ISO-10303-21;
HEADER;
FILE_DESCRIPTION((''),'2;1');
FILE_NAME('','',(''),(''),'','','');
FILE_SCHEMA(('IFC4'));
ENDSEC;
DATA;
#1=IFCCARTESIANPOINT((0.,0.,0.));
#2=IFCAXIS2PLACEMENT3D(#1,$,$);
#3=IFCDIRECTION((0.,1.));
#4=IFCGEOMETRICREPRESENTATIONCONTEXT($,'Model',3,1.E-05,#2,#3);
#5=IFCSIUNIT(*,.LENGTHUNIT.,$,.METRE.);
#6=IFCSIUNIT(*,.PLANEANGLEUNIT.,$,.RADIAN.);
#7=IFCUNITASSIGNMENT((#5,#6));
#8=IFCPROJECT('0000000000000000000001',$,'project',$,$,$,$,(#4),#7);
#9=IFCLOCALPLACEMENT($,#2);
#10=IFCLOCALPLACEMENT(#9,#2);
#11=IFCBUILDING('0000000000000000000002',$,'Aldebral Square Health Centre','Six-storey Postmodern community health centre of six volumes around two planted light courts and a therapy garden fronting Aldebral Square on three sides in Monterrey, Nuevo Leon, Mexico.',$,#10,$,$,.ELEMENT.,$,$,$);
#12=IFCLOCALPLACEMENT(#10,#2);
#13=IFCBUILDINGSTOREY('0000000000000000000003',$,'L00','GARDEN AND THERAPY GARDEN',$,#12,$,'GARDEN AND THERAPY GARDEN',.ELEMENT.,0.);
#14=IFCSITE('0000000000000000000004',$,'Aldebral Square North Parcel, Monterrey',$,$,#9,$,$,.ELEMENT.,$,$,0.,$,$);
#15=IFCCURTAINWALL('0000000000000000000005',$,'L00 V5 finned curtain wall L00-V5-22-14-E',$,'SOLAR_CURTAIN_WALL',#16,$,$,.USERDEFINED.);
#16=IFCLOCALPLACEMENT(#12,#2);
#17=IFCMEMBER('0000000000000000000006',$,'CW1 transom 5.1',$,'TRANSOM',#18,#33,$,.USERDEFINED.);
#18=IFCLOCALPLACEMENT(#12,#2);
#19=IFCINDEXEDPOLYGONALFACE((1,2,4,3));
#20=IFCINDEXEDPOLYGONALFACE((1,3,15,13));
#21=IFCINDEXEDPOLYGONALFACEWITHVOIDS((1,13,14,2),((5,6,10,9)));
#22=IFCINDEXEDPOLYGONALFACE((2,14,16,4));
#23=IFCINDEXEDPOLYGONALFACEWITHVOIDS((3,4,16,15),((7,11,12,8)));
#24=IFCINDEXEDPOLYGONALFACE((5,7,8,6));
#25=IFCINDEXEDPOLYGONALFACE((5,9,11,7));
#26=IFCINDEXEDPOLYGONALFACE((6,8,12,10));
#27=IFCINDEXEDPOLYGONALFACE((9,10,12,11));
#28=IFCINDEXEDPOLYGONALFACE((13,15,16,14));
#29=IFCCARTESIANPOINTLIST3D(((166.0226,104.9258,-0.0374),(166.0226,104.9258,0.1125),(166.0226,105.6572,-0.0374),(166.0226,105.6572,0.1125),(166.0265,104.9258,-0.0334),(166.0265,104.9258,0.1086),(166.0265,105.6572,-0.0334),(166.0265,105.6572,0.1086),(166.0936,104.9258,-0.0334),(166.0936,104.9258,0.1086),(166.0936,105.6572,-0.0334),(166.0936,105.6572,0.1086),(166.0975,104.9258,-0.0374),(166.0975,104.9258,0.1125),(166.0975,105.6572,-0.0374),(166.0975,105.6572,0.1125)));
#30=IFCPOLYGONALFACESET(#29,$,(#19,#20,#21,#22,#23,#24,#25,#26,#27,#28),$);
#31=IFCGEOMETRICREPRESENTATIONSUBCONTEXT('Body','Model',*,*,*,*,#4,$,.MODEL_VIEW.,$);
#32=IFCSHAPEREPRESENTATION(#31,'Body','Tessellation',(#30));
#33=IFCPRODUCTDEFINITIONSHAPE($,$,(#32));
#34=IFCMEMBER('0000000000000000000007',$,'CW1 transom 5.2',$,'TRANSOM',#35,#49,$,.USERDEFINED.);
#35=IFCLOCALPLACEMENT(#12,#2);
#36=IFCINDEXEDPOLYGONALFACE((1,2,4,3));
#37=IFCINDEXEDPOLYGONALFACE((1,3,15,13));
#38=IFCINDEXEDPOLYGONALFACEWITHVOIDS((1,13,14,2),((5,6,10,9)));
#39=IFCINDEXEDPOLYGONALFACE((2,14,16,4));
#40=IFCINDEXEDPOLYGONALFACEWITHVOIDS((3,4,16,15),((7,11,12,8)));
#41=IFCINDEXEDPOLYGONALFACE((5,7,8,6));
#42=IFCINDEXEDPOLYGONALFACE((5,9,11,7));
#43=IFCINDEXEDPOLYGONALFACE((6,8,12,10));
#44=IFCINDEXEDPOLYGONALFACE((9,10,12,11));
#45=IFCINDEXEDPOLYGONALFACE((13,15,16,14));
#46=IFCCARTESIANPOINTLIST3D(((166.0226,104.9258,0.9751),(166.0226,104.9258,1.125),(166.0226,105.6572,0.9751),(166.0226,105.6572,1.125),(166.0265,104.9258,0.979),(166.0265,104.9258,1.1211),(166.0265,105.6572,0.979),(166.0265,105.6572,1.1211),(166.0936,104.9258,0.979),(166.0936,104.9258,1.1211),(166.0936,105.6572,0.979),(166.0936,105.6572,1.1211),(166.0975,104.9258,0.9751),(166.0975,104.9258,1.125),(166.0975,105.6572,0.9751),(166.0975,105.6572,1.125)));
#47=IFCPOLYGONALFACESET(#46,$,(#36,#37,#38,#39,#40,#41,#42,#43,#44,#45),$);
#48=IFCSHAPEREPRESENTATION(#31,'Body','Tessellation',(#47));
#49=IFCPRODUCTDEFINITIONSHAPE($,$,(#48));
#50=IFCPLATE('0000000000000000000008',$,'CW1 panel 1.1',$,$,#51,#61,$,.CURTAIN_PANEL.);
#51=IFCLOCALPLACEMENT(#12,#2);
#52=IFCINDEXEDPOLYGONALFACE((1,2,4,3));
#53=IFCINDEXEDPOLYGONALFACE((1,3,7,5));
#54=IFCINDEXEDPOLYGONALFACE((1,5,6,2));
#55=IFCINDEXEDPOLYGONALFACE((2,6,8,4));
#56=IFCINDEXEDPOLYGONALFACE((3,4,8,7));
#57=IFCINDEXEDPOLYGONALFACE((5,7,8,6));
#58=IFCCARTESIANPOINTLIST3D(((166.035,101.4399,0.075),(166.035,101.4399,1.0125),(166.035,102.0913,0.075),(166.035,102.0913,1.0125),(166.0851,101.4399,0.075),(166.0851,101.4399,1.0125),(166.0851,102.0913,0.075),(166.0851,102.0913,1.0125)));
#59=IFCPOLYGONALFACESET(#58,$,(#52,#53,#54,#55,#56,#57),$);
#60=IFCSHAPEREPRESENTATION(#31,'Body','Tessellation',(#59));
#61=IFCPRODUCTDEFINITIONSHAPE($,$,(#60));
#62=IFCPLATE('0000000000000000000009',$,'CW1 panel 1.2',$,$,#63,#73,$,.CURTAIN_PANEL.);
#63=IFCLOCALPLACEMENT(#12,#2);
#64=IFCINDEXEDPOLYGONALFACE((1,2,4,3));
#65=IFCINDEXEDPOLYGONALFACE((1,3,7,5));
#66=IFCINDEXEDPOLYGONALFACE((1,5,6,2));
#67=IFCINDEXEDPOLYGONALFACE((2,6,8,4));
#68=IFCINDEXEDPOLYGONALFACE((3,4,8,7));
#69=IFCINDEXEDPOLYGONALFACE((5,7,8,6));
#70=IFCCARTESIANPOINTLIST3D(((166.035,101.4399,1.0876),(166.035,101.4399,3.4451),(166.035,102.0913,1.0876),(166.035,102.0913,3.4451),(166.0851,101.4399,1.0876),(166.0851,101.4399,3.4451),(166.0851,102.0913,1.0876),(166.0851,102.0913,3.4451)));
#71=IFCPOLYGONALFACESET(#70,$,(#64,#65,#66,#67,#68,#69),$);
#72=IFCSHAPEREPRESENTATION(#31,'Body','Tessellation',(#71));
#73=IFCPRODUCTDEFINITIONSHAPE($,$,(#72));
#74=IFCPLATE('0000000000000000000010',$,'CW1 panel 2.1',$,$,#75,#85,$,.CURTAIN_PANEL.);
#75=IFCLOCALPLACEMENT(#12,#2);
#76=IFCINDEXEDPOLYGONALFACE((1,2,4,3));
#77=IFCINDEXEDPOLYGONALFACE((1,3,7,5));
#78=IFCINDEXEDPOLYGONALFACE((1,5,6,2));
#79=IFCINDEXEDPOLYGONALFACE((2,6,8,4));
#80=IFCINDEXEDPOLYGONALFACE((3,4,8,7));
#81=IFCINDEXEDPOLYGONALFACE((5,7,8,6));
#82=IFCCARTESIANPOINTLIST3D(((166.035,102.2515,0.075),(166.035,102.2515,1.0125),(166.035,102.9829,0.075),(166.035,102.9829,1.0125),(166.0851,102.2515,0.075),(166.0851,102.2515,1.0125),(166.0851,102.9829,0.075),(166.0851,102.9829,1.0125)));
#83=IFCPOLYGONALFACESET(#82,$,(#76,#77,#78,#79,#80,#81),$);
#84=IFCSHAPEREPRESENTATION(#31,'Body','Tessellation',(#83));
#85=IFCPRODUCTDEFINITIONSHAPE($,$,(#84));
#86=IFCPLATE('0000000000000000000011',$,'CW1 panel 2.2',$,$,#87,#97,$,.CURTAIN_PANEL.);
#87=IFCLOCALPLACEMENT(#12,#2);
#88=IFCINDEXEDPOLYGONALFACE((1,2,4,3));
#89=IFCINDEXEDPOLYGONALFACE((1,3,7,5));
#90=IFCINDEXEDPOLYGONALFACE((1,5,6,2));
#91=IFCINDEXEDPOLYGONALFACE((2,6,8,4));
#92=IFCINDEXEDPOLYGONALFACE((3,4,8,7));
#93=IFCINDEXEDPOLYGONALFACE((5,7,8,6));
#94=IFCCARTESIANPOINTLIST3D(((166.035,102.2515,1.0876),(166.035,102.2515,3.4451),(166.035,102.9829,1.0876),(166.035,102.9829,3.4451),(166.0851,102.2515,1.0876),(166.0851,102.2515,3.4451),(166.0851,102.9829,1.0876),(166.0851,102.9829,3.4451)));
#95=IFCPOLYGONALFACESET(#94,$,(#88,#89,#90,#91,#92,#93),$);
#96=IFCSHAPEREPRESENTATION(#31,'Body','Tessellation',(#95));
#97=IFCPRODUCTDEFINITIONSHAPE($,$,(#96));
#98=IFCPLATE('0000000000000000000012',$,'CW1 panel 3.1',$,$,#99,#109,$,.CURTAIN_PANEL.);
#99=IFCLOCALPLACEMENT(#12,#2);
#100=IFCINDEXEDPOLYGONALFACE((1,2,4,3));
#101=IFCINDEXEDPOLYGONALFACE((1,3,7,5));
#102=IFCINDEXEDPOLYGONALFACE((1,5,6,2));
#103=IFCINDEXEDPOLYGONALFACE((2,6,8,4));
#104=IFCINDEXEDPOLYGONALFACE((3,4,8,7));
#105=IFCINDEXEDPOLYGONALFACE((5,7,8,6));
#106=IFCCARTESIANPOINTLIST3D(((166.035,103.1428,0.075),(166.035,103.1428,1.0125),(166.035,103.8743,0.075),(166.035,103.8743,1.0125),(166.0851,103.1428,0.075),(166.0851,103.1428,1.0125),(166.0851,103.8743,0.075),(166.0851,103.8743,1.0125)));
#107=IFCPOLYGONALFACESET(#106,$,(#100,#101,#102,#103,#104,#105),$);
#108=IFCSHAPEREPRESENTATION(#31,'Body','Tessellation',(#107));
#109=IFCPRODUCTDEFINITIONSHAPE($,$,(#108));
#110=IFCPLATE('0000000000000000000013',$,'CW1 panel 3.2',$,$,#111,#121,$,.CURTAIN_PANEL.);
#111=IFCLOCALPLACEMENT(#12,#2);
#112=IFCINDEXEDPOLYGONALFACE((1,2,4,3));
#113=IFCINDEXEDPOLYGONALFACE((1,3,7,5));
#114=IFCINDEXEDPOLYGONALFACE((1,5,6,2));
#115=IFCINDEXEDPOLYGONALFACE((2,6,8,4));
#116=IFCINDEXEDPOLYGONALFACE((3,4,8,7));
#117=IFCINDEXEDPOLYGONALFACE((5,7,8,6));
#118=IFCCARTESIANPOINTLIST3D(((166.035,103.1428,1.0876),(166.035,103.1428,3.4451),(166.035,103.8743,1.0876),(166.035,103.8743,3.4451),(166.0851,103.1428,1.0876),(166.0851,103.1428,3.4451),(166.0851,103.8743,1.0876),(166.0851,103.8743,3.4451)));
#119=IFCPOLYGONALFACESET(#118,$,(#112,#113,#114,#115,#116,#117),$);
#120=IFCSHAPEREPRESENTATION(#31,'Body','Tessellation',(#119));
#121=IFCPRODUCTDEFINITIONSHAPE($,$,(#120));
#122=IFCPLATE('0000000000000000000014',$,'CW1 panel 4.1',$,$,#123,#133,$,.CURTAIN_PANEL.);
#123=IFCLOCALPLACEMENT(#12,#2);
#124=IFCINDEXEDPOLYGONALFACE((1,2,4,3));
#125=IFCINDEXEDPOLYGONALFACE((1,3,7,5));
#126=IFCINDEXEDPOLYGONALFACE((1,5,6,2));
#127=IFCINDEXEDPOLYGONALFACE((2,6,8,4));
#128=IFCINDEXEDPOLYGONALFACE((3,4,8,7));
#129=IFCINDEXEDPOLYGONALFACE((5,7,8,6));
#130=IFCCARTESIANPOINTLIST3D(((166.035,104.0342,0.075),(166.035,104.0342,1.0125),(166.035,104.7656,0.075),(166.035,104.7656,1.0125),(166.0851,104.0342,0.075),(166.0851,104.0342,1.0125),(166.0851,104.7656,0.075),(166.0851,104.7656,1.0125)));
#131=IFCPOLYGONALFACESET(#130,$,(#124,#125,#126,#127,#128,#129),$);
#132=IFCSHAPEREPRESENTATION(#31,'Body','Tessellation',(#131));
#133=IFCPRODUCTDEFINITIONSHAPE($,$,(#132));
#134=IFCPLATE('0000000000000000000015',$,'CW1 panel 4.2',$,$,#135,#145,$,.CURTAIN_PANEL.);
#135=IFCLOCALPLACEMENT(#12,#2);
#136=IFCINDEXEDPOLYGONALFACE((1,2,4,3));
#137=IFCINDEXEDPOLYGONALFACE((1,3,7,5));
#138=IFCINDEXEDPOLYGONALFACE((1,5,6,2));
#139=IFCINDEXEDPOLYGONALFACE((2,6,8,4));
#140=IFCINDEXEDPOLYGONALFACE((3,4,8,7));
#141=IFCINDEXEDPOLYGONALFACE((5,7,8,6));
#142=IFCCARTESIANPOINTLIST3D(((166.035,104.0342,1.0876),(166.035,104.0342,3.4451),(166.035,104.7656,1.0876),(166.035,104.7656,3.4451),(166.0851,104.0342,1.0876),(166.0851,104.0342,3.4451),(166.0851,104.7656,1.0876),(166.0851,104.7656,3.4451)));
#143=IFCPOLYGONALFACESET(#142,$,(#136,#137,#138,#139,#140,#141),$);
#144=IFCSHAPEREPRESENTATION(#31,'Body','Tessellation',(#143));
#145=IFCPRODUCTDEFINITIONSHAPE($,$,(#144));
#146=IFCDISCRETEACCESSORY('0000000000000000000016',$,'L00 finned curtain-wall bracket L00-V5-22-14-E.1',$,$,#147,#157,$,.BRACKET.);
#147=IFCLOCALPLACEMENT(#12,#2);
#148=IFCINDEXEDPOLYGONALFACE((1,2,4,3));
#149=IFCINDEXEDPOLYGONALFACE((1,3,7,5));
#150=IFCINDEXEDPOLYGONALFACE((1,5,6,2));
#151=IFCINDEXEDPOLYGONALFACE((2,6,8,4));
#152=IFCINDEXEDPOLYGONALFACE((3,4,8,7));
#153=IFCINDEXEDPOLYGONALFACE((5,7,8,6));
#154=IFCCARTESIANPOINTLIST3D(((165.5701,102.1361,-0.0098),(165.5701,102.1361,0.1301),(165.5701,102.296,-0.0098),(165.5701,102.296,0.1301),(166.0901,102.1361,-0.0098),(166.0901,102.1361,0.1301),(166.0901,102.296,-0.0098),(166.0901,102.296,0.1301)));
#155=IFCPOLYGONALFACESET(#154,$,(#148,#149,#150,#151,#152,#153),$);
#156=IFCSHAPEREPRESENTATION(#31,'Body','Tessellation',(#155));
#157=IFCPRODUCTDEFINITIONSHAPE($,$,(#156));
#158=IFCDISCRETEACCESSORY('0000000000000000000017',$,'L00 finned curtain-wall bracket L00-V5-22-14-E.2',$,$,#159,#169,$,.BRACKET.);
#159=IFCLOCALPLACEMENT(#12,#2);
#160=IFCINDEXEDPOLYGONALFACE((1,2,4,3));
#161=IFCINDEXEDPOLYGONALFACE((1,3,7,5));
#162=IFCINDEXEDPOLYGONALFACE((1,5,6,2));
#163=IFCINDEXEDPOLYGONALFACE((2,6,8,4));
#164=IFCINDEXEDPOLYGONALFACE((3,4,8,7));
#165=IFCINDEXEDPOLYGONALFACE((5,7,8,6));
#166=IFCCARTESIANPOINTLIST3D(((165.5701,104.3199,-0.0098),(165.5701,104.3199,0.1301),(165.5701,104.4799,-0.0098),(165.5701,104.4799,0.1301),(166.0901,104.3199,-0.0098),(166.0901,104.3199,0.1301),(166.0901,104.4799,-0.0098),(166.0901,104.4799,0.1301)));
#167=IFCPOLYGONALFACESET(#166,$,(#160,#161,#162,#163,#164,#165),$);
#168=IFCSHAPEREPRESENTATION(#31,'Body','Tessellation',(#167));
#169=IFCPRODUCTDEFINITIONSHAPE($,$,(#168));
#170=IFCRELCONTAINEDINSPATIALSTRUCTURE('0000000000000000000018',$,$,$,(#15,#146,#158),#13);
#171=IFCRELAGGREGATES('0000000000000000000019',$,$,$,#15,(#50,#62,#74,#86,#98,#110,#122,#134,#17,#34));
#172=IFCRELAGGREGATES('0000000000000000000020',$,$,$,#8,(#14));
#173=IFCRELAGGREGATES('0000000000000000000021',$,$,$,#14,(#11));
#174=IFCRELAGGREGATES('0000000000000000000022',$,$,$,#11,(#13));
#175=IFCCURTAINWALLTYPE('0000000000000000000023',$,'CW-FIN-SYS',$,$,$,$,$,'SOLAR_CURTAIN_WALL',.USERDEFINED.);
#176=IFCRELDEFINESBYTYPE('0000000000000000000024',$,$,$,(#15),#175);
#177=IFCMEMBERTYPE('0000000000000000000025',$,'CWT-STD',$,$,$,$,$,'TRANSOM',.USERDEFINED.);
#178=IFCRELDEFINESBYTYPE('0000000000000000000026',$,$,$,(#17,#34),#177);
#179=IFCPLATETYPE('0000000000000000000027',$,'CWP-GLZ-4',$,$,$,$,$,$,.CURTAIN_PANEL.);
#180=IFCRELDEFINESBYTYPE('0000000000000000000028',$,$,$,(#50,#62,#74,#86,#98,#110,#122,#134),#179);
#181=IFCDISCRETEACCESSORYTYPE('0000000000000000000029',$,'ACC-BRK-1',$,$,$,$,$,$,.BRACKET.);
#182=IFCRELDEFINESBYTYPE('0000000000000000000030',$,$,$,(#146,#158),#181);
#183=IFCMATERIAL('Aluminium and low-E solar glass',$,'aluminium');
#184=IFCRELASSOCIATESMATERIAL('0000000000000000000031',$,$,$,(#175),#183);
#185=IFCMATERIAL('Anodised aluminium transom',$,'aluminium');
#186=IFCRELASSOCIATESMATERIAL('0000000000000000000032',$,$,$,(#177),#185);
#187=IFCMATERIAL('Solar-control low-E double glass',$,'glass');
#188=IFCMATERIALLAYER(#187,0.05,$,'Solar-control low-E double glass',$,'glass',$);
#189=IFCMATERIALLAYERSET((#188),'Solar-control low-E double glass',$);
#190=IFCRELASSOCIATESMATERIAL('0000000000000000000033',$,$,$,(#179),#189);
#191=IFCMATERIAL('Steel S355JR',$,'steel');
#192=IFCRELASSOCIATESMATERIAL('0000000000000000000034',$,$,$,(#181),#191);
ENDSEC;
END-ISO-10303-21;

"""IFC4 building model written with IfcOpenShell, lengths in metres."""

from ifc_helpers import new_model, si_unit, direction, frame, origin, origin_2d, place, context, subcontext, project, spatial, rectangle, hollow_rectangle, extrude, material, layer, layer_set, material_profile, profile_set, type_object, element, aggregate, save


model = new_model("IFC4")

# Units and contexts
model_context = context("Model", 3, precision=1e-05, world=origin(), true_north=direction((0.0, 1.0)))
body_context = subcontext(model_context, "Body", "Model", "MODEL_VIEW")
ifc_project = project(units=[si_unit("LENGTHUNIT", "METRE"), si_unit("PLANEANGLEUNIT", "RADIAN")], contexts=[model_context])

# Site, building, storey
site_placement = place(None, origin())
site = spatial("IfcSite", under=ifc_project, at=site_placement, Name="Aldebral Square North Parcel, Monterrey", CompositionType="ELEMENT", RefElevation=0.0)
building_placement = place(site_placement, origin())
building = spatial("IfcBuilding", under=site, at=building_placement, Name="Aldebral Square Health Centre", Description="Six-storey Postmodern community health centre of six volumes around two planted light courts and a therapy garden fronting Aldebral Square on three sides in Monterrey, Nuevo Leon, Mexico.", CompositionType="ELEMENT")
storey_placement = place(building_placement, origin())
storey = spatial("IfcBuildingStorey", under=building, at=storey_placement, Name="L00", Description="GARDEN AND THERAPY GARDEN", LongName="GARDEN AND THERAPY GARDEN", CompositionType="ELEMENT", Elevation=0.0)

# Curtain wall, members, plates
ifc_material_1 = material(Name="Aluminium and low-E solar glass", Category="aluminium")
curtain_wall_type = type_object("IfcCurtainWallType", Name="CW-FIN-SYS", ElementType="SOLAR_CURTAIN_WALL", PredefinedType="USERDEFINED", material=ifc_material_1)
curtain_wall_placement = place(storey_placement, origin())
curtain_wall = element("IfcCurtainWall", 1, at=curtain_wall_placement, inside=storey, type_object=curtain_wall_type, Name="L00 V5 finned curtain wall L00-V5-22-14-E", ObjectType="SOLAR_CURTAIN_WALL", PredefinedType="USERDEFINED")
ifc_material_2 = material(Name="Anodised aluminium transom", Category="aluminium")
ifc_material_profile_1 = material_profile(ifc_material_2, hollow_rectangle(XDim=0.075, YDim=0.1499, WallThickness=0.0039, at=origin_2d()), Name="CWT 75x150x4")
ifc_profile_set_1 = profile_set([ifc_material_profile_1], Name="Anodised aluminium transom")
member_type_1 = type_object("IfcMemberType", Name="CWT-STD", ElementType="TRANSOM", PredefinedType="USERDEFINED", material=ifc_profile_set_1)
member_1_placement = place(storey_placement, frame((166.0601, 104.9258, 0.0376), z_axis=(0.0, 1.0, 0.0), x_axis=(-1.0, 0.0, 0.0)))
member_1 = element("IfcMember", 2, at=member_1_placement, type_object=member_type_1, Name="CW1 transom 5.1", ObjectType="TRANSOM", PredefinedType="USERDEFINED", context=body_context, shape_type="SweptSolid", body=[
    extrude(hollow_rectangle(XDim=0.075, YDim=0.1499, WallThickness=0.0039, at=origin_2d()), origin(), (0.0, 0.0, 1.0), 0.7314),
])
member_2_placement = place(storey_placement, frame((166.0601, 104.9258, 1.05), z_axis=(0.0, 1.0, 0.0), x_axis=(-1.0, 0.0, 0.0)))
member_2 = element("IfcMember", 3, at=member_2_placement, type_object=member_type_1, Name="CW1 transom 5.2", ObjectType="TRANSOM", PredefinedType="USERDEFINED", context=body_context, shape_type="SweptSolid", body=[
    extrude(hollow_rectangle(XDim=0.075, YDim=0.1499, WallThickness=0.0039, at=origin_2d()), origin(), (0.0, 0.0, 1.0), 0.7314),
])
ifc_material_3 = material(Name="Solar-control low-E double glass", Category="glass")
ifc_layer = layer(ifc_material_3, 0.05, Name="Solar-control low-E double glass", Category="glass")
ifc_layer_set = layer_set([ifc_layer], Name="Solar-control low-E double glass")
plate_type = type_object("IfcPlateType", Name="CWP-GLZ-4", PredefinedType="CURTAIN_PANEL", material=ifc_layer_set)
plate_1_placement = place(storey_placement, frame((166.0601, 101.7656, 0.075), z_axis=(0.0, 0.0, 1.0), x_axis=(0.0, 1.0, 0.0)))
plate_1 = element("IfcPlate", 4, at=plate_1_placement, type_object=plate_type, Name="CW1 panel 1.1", PredefinedType="CURTAIN_PANEL", context=body_context, shape_type="SweptSolid", body=[
    extrude(rectangle(XDim=0.6514, YDim=0.05, at=origin_2d()), origin(), (0.0, 0.0, 1.0), 0.9375),
])
plate_2_placement = place(storey_placement, frame((166.0601, 101.7656, 1.0876), z_axis=(0.0, 0.0, 1.0), x_axis=(0.0, 1.0, 0.0)))
plate_2 = element("IfcPlate", 5, at=plate_2_placement, type_object=plate_type, Name="CW1 panel 1.2", PredefinedType="CURTAIN_PANEL", context=body_context, shape_type="SweptSolid", body=[
    extrude(rectangle(XDim=0.6514, YDim=0.05, at=origin_2d()), origin(), (0.0, 0.0, 1.0), 2.3574),
])
plate_3_placement = place(storey_placement, frame((166.0601, 102.6172, 0.075), z_axis=(0.0, 0.0, 1.0), x_axis=(0.0, 1.0, 0.0)))
plate_3 = element("IfcPlate", 6, at=plate_3_placement, type_object=plate_type, Name="CW1 panel 2.1", PredefinedType="CURTAIN_PANEL", context=body_context, shape_type="SweptSolid", body=[
    extrude(rectangle(XDim=0.7314, YDim=0.05, at=origin_2d()), origin(), (0.0, 0.0, 1.0), 0.9375),
])
plate_4_placement = place(storey_placement, frame((166.0601, 102.6172, 1.0876), z_axis=(0.0, 0.0, 1.0), x_axis=(0.0, 1.0, 0.0)))
plate_4 = element("IfcPlate", 7, at=plate_4_placement, type_object=plate_type, Name="CW1 panel 2.2", PredefinedType="CURTAIN_PANEL", context=body_context, shape_type="SweptSolid", body=[
    extrude(rectangle(XDim=0.7314, YDim=0.05, at=origin_2d()), origin(), (0.0, 0.0, 1.0), 2.3574),
])
plate_5_placement = place(storey_placement, frame((166.0601, 103.5085, 0.075), z_axis=(0.0, 0.0, 1.0), x_axis=(0.0, 1.0, 0.0)))
plate_5 = element("IfcPlate", 8, at=plate_5_placement, type_object=plate_type, Name="CW1 panel 3.1", PredefinedType="CURTAIN_PANEL", context=body_context, shape_type="SweptSolid", body=[
    extrude(rectangle(XDim=0.7314, YDim=0.05, at=origin_2d()), origin(), (0.0, 0.0, 1.0), 0.9375),
])
plate_6_placement = place(storey_placement, frame((166.0601, 103.5085, 1.0876), z_axis=(0.0, 0.0, 1.0), x_axis=(0.0, 1.0, 0.0)))
plate_6 = element("IfcPlate", 9, at=plate_6_placement, type_object=plate_type, Name="CW1 panel 3.2", PredefinedType="CURTAIN_PANEL", context=body_context, shape_type="SweptSolid", body=[
    extrude(rectangle(XDim=0.7314, YDim=0.05, at=origin_2d()), origin(), (0.0, 0.0, 1.0), 2.3574),
])
plate_7_placement = place(storey_placement, frame((166.0601, 104.3999, 0.075), z_axis=(0.0, 0.0, 1.0), x_axis=(0.0, 1.0, 0.0)))
plate_7 = element("IfcPlate", 10, at=plate_7_placement, type_object=plate_type, Name="CW1 panel 4.1", PredefinedType="CURTAIN_PANEL", context=body_context, shape_type="SweptSolid", body=[
    extrude(rectangle(XDim=0.7314, YDim=0.05, at=origin_2d()), origin(), (0.0, 0.0, 1.0), 0.9375),
])
plate_8_placement = place(storey_placement, frame((166.0601, 104.3999, 1.0876), z_axis=(0.0, 0.0, 1.0), x_axis=(0.0, 1.0, 0.0)))
plate_8 = element("IfcPlate", 11, at=plate_8_placement, type_object=plate_type, Name="CW1 panel 4.2", PredefinedType="CURTAIN_PANEL", context=body_context, shape_type="SweptSolid", body=[
    extrude(rectangle(XDim=0.7314, YDim=0.05, at=origin_2d()), origin(), (0.0, 0.0, 1.0), 2.3574),
])
aggregate(curtain_wall, [plate_1, plate_2, plate_3, plate_4, plate_5, plate_6, plate_7, plate_8, member_1, member_2])

# Discrete accessories
ifc_material_4 = material(Name="Steel S355JR", Category="steel")
discrete_accessory_type = type_object("IfcDiscreteAccessoryType", Name="ACC-BRK-1", PredefinedType="BRACKET", material=ifc_material_4)
for number, where, z_axis, x_axis, name in (
    (12, (165.8301, 102.2161, -0.0098), (0.0, 0.0, 1.0), (0.0, 1.0, 0.0), "L00 finned curtain-wall bracket L00-V5-22-14-E.1"),
    (13, (165.8301, 104.3999, -0.0098), (0.0, 0.0, 1.0), (0.0, 1.0, 0.0), "L00 finned curtain-wall bracket L00-V5-22-14-E.2"),
):
    element("IfcDiscreteAccessory", number, at=place(storey_placement, frame(where, z_axis=z_axis, x_axis=x_axis)), inside=storey, type_object=discrete_accessory_type, Name=name, PredefinedType="BRACKET", context=body_context, shape_type="SweptSolid", body=[
        extrude(rectangle(XDim=0.1599, YDim=0.52, at=origin_2d()), origin(), (0.0, 0.0, 1.0), 0.1399),
    ])

save(model, "model.ifc")
